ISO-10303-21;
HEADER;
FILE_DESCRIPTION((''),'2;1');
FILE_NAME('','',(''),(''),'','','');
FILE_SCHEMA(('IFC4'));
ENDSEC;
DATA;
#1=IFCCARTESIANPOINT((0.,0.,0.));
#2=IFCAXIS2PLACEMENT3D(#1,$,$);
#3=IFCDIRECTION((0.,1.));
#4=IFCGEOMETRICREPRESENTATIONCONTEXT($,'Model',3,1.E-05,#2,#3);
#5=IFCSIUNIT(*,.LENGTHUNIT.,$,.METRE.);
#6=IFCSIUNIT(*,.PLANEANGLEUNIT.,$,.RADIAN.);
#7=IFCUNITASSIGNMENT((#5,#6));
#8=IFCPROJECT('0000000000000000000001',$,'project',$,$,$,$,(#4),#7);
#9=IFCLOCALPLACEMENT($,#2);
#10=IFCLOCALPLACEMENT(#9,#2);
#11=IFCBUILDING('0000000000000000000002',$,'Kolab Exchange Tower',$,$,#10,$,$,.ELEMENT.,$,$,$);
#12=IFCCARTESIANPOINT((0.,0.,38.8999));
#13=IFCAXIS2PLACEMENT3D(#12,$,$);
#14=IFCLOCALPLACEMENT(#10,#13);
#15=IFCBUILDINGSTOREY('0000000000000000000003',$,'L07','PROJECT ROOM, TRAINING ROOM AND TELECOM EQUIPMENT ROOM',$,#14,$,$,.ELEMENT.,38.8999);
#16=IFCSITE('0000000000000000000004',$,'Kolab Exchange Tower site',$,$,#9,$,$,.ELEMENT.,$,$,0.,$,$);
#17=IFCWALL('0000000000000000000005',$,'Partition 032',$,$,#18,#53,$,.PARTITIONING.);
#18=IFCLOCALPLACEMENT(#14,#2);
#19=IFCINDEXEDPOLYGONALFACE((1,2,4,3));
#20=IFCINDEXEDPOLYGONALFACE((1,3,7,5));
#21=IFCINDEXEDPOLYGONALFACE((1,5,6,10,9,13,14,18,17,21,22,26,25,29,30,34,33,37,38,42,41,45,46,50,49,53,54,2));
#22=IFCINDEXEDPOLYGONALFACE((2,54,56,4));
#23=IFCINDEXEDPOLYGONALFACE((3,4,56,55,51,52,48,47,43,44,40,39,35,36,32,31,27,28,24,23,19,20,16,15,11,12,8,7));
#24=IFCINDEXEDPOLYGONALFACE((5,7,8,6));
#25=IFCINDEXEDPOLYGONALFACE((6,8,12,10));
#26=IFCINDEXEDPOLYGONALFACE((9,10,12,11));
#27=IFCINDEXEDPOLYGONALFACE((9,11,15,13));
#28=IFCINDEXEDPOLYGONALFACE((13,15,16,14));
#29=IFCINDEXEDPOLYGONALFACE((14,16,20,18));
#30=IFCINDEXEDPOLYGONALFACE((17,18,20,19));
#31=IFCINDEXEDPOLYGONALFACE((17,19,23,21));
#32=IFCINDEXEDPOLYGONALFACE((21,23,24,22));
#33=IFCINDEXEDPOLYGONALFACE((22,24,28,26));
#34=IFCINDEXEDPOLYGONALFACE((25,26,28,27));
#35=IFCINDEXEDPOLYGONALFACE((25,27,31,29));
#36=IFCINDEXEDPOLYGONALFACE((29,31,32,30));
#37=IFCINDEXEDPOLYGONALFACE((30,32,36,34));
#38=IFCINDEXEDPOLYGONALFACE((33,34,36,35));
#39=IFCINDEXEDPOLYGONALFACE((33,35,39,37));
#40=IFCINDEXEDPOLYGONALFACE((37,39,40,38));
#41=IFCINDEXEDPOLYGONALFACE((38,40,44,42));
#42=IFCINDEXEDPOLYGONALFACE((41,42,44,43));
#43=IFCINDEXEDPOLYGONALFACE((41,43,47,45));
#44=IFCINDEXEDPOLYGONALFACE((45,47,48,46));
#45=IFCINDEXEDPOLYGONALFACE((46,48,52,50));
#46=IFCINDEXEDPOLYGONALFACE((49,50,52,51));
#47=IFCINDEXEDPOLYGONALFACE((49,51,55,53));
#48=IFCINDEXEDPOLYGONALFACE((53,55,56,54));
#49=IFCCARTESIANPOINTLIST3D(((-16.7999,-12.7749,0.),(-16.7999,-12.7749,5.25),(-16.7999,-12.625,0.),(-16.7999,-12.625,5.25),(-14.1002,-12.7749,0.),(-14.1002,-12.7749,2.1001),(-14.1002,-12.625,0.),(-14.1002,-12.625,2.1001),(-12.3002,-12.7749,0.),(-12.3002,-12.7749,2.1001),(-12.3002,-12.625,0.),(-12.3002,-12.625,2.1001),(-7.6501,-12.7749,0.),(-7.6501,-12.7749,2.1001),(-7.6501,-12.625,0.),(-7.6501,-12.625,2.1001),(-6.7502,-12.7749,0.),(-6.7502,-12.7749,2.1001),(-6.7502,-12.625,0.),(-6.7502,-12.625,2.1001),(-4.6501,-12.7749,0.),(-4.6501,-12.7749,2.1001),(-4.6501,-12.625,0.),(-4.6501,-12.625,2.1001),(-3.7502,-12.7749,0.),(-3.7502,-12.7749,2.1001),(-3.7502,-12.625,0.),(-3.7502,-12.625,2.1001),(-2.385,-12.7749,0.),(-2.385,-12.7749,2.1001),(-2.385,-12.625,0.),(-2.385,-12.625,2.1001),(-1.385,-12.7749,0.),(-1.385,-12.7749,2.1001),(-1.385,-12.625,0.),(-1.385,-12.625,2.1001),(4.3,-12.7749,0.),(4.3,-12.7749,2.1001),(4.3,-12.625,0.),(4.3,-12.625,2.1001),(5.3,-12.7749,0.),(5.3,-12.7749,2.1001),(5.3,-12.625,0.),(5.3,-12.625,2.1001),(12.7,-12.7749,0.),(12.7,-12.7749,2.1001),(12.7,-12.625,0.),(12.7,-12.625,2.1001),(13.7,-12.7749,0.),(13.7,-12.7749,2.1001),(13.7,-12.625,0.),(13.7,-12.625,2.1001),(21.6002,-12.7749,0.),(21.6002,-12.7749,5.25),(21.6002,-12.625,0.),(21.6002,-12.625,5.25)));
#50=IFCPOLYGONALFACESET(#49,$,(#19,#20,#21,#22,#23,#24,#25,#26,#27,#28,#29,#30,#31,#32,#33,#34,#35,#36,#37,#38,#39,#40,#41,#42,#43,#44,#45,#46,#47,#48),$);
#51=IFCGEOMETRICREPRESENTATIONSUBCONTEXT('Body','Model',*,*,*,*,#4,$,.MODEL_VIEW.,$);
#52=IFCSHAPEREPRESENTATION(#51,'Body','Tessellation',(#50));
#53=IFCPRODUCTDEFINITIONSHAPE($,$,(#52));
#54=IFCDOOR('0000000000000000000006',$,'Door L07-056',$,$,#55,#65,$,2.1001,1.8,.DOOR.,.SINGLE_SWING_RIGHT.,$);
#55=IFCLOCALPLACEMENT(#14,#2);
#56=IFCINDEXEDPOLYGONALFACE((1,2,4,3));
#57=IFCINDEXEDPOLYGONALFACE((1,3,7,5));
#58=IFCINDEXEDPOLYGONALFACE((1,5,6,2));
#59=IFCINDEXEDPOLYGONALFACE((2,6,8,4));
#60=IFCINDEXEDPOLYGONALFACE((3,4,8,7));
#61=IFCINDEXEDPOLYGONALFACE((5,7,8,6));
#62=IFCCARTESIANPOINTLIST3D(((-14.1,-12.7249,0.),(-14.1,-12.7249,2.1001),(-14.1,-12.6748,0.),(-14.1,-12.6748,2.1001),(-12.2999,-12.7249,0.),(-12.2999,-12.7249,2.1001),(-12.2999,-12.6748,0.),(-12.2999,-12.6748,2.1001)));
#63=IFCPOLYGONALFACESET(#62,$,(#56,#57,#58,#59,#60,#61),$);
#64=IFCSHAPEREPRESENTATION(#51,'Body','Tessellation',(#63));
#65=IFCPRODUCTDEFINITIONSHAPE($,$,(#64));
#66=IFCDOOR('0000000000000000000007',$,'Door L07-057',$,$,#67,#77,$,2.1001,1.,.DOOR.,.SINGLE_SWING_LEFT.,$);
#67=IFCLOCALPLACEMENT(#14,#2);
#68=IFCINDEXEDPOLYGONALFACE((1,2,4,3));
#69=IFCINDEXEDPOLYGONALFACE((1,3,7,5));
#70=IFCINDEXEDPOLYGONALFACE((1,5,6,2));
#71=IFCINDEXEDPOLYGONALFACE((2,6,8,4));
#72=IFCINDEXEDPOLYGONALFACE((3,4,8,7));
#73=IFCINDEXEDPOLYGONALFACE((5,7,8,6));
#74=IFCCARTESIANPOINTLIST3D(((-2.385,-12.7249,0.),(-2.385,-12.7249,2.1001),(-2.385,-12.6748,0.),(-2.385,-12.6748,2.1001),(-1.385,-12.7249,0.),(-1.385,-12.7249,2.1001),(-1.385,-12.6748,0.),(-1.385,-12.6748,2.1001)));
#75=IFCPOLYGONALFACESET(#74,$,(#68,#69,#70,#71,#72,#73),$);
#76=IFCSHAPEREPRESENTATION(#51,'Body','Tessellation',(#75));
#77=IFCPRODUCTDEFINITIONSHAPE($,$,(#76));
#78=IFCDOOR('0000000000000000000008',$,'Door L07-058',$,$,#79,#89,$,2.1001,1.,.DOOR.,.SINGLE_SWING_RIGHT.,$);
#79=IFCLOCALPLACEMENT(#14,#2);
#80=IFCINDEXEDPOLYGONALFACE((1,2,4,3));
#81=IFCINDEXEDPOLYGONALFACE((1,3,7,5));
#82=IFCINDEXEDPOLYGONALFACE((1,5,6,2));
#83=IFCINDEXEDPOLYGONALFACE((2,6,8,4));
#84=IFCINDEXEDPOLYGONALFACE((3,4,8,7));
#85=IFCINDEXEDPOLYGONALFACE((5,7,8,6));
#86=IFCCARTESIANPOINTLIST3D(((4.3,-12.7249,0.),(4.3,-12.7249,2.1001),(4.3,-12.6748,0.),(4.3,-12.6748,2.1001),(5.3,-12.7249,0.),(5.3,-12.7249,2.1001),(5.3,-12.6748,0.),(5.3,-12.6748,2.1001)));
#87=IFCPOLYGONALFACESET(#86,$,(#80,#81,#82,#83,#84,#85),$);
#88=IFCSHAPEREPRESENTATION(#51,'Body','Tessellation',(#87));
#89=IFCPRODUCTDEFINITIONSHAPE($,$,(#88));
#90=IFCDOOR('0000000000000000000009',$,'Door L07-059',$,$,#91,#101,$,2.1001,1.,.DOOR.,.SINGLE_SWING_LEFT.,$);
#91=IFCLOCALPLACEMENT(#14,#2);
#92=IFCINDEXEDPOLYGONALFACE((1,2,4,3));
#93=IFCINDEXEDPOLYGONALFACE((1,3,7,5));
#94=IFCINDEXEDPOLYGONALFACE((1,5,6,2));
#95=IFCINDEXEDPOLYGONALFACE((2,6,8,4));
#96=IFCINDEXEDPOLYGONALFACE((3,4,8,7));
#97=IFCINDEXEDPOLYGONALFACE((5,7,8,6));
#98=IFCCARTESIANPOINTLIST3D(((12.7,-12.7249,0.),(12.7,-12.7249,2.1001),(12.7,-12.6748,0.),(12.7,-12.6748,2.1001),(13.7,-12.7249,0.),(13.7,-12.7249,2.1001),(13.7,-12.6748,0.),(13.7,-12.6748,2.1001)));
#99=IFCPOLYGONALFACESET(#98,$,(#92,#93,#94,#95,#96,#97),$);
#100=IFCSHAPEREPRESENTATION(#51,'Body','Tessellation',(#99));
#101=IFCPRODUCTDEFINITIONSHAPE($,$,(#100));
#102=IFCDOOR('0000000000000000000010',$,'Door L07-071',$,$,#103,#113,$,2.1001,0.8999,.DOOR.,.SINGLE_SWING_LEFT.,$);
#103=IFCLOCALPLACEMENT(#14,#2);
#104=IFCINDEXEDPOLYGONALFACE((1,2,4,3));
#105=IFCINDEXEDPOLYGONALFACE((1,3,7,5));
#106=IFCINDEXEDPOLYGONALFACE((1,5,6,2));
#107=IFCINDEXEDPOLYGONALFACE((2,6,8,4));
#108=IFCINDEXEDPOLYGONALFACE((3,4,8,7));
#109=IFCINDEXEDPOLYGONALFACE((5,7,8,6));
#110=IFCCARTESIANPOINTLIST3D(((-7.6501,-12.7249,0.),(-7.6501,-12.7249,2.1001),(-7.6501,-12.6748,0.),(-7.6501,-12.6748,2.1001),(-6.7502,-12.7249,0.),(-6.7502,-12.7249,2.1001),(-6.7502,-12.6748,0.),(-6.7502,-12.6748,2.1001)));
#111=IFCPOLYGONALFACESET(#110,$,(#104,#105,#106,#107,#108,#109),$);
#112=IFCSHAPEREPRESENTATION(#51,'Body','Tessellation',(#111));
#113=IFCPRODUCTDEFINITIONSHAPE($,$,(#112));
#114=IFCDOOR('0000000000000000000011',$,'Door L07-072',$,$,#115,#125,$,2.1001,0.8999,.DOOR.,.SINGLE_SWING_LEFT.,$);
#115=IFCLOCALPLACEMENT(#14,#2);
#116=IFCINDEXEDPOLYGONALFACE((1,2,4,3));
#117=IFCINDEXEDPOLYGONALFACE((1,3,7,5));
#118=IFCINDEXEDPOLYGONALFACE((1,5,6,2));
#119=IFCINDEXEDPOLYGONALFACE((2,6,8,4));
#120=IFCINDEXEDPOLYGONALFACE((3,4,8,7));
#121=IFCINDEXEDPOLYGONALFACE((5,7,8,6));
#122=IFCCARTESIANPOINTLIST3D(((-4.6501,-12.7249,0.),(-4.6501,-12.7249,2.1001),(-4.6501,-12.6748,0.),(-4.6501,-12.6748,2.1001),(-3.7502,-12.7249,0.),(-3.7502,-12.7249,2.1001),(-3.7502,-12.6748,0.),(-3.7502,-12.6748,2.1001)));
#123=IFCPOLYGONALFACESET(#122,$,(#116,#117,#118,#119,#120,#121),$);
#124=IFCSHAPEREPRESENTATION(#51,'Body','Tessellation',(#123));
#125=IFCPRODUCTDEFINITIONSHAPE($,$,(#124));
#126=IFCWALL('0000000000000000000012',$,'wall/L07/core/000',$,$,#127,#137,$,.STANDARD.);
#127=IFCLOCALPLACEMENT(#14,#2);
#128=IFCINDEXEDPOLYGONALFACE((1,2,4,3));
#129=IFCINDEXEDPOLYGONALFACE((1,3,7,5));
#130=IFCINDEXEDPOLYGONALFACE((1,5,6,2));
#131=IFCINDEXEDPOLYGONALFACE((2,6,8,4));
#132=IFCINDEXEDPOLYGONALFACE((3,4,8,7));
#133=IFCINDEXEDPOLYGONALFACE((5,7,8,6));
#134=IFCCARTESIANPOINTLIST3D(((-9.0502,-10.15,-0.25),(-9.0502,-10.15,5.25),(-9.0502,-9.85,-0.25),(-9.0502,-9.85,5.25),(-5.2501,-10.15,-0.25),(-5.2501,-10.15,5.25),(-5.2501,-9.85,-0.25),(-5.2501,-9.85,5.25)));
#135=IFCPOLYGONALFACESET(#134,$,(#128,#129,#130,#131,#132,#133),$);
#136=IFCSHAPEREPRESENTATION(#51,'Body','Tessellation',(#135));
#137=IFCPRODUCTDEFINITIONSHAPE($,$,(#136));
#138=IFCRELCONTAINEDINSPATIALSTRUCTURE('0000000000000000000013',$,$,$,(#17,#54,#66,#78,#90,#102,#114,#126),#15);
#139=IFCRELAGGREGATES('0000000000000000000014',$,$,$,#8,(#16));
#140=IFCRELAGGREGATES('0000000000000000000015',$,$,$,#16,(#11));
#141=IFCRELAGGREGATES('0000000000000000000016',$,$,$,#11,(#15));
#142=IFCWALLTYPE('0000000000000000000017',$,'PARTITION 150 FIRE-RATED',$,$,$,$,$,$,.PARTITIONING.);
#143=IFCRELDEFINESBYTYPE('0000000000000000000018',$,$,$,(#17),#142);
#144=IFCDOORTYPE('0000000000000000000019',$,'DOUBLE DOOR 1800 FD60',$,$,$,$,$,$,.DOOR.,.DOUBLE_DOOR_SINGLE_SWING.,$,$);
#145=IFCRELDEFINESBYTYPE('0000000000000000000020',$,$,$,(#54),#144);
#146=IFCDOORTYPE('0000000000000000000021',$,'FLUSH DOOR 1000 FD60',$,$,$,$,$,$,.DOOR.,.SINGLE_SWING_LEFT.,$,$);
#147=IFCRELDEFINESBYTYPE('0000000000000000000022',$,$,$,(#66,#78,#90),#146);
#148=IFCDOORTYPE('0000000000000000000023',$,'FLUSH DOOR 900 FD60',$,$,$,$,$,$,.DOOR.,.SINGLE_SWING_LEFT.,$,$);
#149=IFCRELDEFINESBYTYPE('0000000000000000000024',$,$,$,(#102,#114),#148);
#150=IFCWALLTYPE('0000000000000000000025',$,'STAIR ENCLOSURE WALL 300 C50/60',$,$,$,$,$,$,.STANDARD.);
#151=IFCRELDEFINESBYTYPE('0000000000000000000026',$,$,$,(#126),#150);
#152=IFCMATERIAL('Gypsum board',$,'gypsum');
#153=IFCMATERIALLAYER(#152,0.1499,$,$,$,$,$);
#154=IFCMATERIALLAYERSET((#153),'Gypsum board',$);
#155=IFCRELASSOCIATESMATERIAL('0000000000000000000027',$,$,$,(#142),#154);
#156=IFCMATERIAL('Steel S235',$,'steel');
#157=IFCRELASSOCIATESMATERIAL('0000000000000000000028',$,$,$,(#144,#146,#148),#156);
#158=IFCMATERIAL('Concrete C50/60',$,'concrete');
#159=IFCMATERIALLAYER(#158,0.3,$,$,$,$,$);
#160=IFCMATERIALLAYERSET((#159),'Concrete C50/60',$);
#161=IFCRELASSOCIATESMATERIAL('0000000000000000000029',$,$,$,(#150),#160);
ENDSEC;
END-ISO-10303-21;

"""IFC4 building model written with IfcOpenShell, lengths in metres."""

from ifc_helpers import new_model, si_unit, direction, frame, frame_2d, origin, place, context, subcontext, project, spatial, rectangle, extrude, material, layer, layer_set, type_object, element, fill, save


model = new_model("IFC4")

# Units and contexts
model_context = context("Model", 3, precision=1e-05, world=origin(), true_north=direction((0.0, 1.0)))
body_context = subcontext(model_context, "Body", "Model", "MODEL_VIEW")
ifc_project = project(units=[si_unit("LENGTHUNIT", "METRE"), si_unit("PLANEANGLEUNIT", "RADIAN")], contexts=[model_context])

# Site, building, storey
site_placement = place(None, origin())
site = spatial("IfcSite", under=ifc_project, at=site_placement, Name="Kolab Exchange Tower site", CompositionType="ELEMENT", RefElevation=0.0)
building_placement = place(site_placement, origin())
building = spatial("IfcBuilding", under=site, at=building_placement, Name="Kolab Exchange Tower", CompositionType="ELEMENT")
storey_placement = place(building_placement, frame((0.0, 0.0, 38.8999)))
storey = spatial("IfcBuildingStorey", under=building, at=storey_placement, Name="L07", Description="PROJECT ROOM, TRAINING ROOM AND TELECOM EQUIPMENT ROOM", CompositionType="ELEMENT", Elevation=38.8999)

# Shared definitions
ifc_material_1 = material(Name="Gypsum board", Category="gypsum")

# Wall, openings, doors
ifc_layer_1 = layer(ifc_material_1, 0.1499)
ifc_layer_set_1 = layer_set([ifc_layer_1], Name="Gypsum board")
wall_type_1 = type_object("IfcWallType", Name="PARTITION 150 FIRE-RATED", PredefinedType="PARTITIONING", material=ifc_layer_set_1)
wall_1_placement = place(storey_placement, frame((-16.8, -12.7, 0.0), z_axis=(0.0, 0.0, 1.0), x_axis=(1.0, 0.0, 0.0)))
wall_1 = element("IfcWall", 1, at=wall_1_placement, inside=storey, type_object=wall_type_1, Name="Partition 032", PredefinedType="PARTITIONING", context=body_context, shape_type="SweptSolid", body=[
    extrude(rectangle(XDim=38.4001, YDim=0.1499, at=frame_2d((19.2002, 0.0))), origin(), (0.0, 0.0, 1.0), 5.25),
])
opening_1_placement = place(wall_1_placement, frame((2.7, 0.0, 0.0)))
opening_1 = element("IfcOpeningElement", 2, at=opening_1_placement, cuts=wall_1, PredefinedType="OPENING", context=body_context, shape_type="SweptSolid", body=[
    extrude(rectangle(XDim=1.8, YDim=2.1001, at=frame_2d((0.8999, 1.05))), frame((0.0, 0.085, 0.0), z_axis=(0.0, -1.0, 0.0), x_axis=(1.0, 0.0, 0.0)), (0.0, 0.0, 1.0), 0.1699),
])
opening_2_placement = place(wall_1_placement, frame((14.415, 0.0, 0.0)))
opening_2 = element("IfcOpeningElement", 3, at=opening_2_placement, cuts=wall_1, PredefinedType="OPENING", context=body_context, shape_type="SweptSolid", body=[
    extrude(rectangle(XDim=1.0, YDim=2.1001, at=frame_2d((0.5, 1.05))), frame((0.0, 0.085, 0.0), z_axis=(0.0, -1.0, 0.0), x_axis=(1.0, 0.0, 0.0)), (0.0, 0.0, 1.0), 0.1699),
])
opening_3_placement = place(wall_1_placement, frame((21.1001, 0.0, 0.0)))
opening_3 = element("IfcOpeningElement", 4, at=opening_3_placement, cuts=wall_1, PredefinedType="OPENING", context=body_context, shape_type="SweptSolid", body=[
    extrude(rectangle(XDim=1.0, YDim=2.1001, at=frame_2d((0.5, 1.05))), frame((0.0, 0.085, 0.0), z_axis=(0.0, -1.0, 0.0), x_axis=(1.0, 0.0, 0.0)), (0.0, 0.0, 1.0), 0.1699),
])
opening_4_placement = place(wall_1_placement, frame((29.5, 0.0, 0.0)))
opening_4 = element("IfcOpeningElement", 5, at=opening_4_placement, cuts=wall_1, PredefinedType="OPENING", context=body_context, shape_type="SweptSolid", body=[
    extrude(rectangle(XDim=1.0, YDim=2.1001, at=frame_2d((0.5, 1.05))), frame((0.0, 0.085, 0.0), z_axis=(0.0, -1.0, 0.0), x_axis=(1.0, 0.0, 0.0)), (0.0, 0.0, 1.0), 0.1699),
])
opening_5_placement = place(wall_1_placement, frame((9.1499, 0.0, 0.0)))
opening_5 = element("IfcOpeningElement", 6, at=opening_5_placement, cuts=wall_1, PredefinedType="OPENING", context=body_context, shape_type="SweptSolid", body=[
    extrude(rectangle(XDim=0.8999, YDim=2.1001, at=frame_2d((0.45, 1.05))), frame((0.0, 0.085, 0.0), z_axis=(0.0, -1.0, 0.0), x_axis=(1.0, 0.0, 0.0)), (0.0, 0.0, 1.0), 0.1699),
])
opening_6_placement = place(wall_1_placement, frame((12.1499, 0.0, 0.0)))
opening_6 = element("IfcOpeningElement", 7, at=opening_6_placement, cuts=wall_1, PredefinedType="OPENING", context=body_context, shape_type="SweptSolid", body=[
    extrude(rectangle(XDim=0.8999, YDim=2.1001, at=frame_2d((0.45, 1.05))), frame((0.0, 0.085, 0.0), z_axis=(0.0, -1.0, 0.0), x_axis=(1.0, 0.0, 0.0)), (0.0, 0.0, 1.0), 0.1699),
])
ifc_material_2 = material(Name="Steel S235", Category="steel")
door_type_1 = type_object("IfcDoorType", Name="DOUBLE DOOR 1800 FD60", OperationType="DOUBLE_DOOR_SINGLE_SWING", PredefinedType="DOOR", material=ifc_material_2)
door_1_placement = place(opening_1_placement, frame((1.8, 0.0, 0.0), z_axis=(0.0, 0.0, 1.0), x_axis=(-1.0, 0.0, 0.0)))
door_1 = element("IfcDoor", 8, at=door_1_placement, inside=storey, type_object=door_type_1, Name="Door L07-056", OperationType="SINGLE_SWING_RIGHT", OverallHeight=2.1001, OverallWidth=1.8, PredefinedType="DOOR", context=body_context, shape_type="SweptSolid", body=[
    extrude(rectangle(XDim=1.8, YDim=2.1001, at=frame_2d((0.8999, 1.05))), frame((0.0, 0.0249, 0.0), z_axis=(0.0, -1.0, 0.0), x_axis=(1.0, 0.0, 0.0)), (0.0, 0.0, 1.0), 0.05),
])
fill(opening_1, door_1)
door_type_2 = type_object("IfcDoorType", Name="FLUSH DOOR 1000 FD60", OperationType="SINGLE_SWING_LEFT", PredefinedType="DOOR", material=ifc_material_2)
door_2_placement = place(opening_2_placement, frame((1.0, 0.0, 0.0), z_axis=(0.0, 0.0, 1.0), x_axis=(-1.0, 0.0, 0.0)))
door_2 = element("IfcDoor", 9, at=door_2_placement, inside=storey, type_object=door_type_2, Name="Door L07-057", OperationType="SINGLE_SWING_LEFT", OverallHeight=2.1001, OverallWidth=1.0, PredefinedType="DOOR", context=body_context, shape_type="SweptSolid", body=[
    extrude(rectangle(XDim=1.0, YDim=2.1001, at=frame_2d((0.5, 1.05))), frame((0.0, 0.0249, 0.0), z_axis=(0.0, -1.0, 0.0), x_axis=(1.0, 0.0, 0.0)), (0.0, 0.0, 1.0), 0.05),
])
fill(opening_2, door_2)
door_3_placement = place(opening_3_placement, frame((1.0, 0.0, 0.0), z_axis=(0.0, 0.0, 1.0), x_axis=(-1.0, 0.0, 0.0)))
door_3 = element("IfcDoor", 10, at=door_3_placement, inside=storey, type_object=door_type_2, Name="Door L07-058", OperationType="SINGLE_SWING_RIGHT", OverallHeight=2.1001, OverallWidth=1.0, PredefinedType="DOOR", context=body_context, shape_type="SweptSolid", body=[
    extrude(rectangle(XDim=1.0, YDim=2.1001, at=frame_2d((0.5, 1.05))), frame((0.0, 0.0249, 0.0), z_axis=(0.0, -1.0, 0.0), x_axis=(1.0, 0.0, 0.0)), (0.0, 0.0, 1.0), 0.05),
])
fill(opening_3, door_3)
door_4_placement = place(opening_4_placement, frame((1.0, 0.0, 0.0), z_axis=(0.0, 0.0, 1.0), x_axis=(-1.0, 0.0, 0.0)))
door_4 = element("IfcDoor", 11, at=door_4_placement, inside=storey, type_object=door_type_2, Name="Door L07-059", OperationType="SINGLE_SWING_LEFT", OverallHeight=2.1001, OverallWidth=1.0, PredefinedType="DOOR", context=body_context, shape_type="SweptSolid", body=[
    extrude(rectangle(XDim=1.0, YDim=2.1001, at=frame_2d((0.5, 1.05))), frame((0.0, 0.0249, 0.0), z_axis=(0.0, -1.0, 0.0), x_axis=(1.0, 0.0, 0.0)), (0.0, 0.0, 1.0), 0.05),
])
fill(opening_4, door_4)
door_type_3 = type_object("IfcDoorType", Name="FLUSH DOOR 900 FD60", OperationType="SINGLE_SWING_LEFT", PredefinedType="DOOR", material=ifc_material_2)
door_5_placement = place(opening_5_placement, frame((0.8999, 0.0, 0.0), z_axis=(0.0, 0.0, 1.0), x_axis=(-1.0, 0.0, 0.0)))
door_5 = element("IfcDoor", 12, at=door_5_placement, inside=storey, type_object=door_type_3, Name="Door L07-071", OperationType="SINGLE_SWING_LEFT", OverallHeight=2.1001, OverallWidth=0.8999, PredefinedType="DOOR", context=body_context, shape_type="SweptSolid", body=[
    extrude(rectangle(XDim=0.8999, YDim=2.1001, at=frame_2d((0.45, 1.05))), frame((0.0, 0.0249, 0.0), z_axis=(0.0, -1.0, 0.0), x_axis=(1.0, 0.0, 0.0)), (0.0, 0.0, 1.0), 0.05),
])
fill(opening_5, door_5)
door_6_placement = place(opening_6_placement, frame((0.8999, 0.0, 0.0), z_axis=(0.0, 0.0, 1.0), x_axis=(-1.0, 0.0, 0.0)))
door_6 = element("IfcDoor", 13, at=door_6_placement, inside=storey, type_object=door_type_3, Name="Door L07-072", OperationType="SINGLE_SWING_LEFT", OverallHeight=2.1001, OverallWidth=0.8999, PredefinedType="DOOR", context=body_context, shape_type="SweptSolid", body=[
    extrude(rectangle(XDim=0.8999, YDim=2.1001, at=frame_2d((0.45, 1.05))), frame((0.0, 0.0249, 0.0), z_axis=(0.0, -1.0, 0.0), x_axis=(1.0, 0.0, 0.0)), (0.0, 0.0, 1.0), 0.05),
])
fill(opening_6, door_6)

# Wall
ifc_material_3 = material(Name="Concrete C50/60", Category="concrete")
ifc_layer_2 = layer(ifc_material_3, 0.3)
ifc_layer_set_2 = layer_set([ifc_layer_2], Name="Concrete C50/60")
wall_type_2 = type_object("IfcWallType", Name="STAIR ENCLOSURE WALL 300 C50/60", PredefinedType="STANDARD", material=ifc_layer_set_2)
wall_2_placement = place(storey_placement, frame((-9.05, -10.0, -0.25), z_axis=(0.0, 0.0, 1.0), x_axis=(1.0, 0.0, 0.0)))
element("IfcWall", 14, at=wall_2_placement, inside=storey, type_object=wall_type_2, Name="wall/L07/core/000", PredefinedType="STANDARD", context=body_context, shape_type="SweptSolid", body=[
    extrude(rectangle(XDim=3.8, YDim=0.3, at=frame_2d((1.8999, 0.0))), origin(), (0.0, 0.0, 1.0), 5.5),
])

save(model, "model.ifc")
